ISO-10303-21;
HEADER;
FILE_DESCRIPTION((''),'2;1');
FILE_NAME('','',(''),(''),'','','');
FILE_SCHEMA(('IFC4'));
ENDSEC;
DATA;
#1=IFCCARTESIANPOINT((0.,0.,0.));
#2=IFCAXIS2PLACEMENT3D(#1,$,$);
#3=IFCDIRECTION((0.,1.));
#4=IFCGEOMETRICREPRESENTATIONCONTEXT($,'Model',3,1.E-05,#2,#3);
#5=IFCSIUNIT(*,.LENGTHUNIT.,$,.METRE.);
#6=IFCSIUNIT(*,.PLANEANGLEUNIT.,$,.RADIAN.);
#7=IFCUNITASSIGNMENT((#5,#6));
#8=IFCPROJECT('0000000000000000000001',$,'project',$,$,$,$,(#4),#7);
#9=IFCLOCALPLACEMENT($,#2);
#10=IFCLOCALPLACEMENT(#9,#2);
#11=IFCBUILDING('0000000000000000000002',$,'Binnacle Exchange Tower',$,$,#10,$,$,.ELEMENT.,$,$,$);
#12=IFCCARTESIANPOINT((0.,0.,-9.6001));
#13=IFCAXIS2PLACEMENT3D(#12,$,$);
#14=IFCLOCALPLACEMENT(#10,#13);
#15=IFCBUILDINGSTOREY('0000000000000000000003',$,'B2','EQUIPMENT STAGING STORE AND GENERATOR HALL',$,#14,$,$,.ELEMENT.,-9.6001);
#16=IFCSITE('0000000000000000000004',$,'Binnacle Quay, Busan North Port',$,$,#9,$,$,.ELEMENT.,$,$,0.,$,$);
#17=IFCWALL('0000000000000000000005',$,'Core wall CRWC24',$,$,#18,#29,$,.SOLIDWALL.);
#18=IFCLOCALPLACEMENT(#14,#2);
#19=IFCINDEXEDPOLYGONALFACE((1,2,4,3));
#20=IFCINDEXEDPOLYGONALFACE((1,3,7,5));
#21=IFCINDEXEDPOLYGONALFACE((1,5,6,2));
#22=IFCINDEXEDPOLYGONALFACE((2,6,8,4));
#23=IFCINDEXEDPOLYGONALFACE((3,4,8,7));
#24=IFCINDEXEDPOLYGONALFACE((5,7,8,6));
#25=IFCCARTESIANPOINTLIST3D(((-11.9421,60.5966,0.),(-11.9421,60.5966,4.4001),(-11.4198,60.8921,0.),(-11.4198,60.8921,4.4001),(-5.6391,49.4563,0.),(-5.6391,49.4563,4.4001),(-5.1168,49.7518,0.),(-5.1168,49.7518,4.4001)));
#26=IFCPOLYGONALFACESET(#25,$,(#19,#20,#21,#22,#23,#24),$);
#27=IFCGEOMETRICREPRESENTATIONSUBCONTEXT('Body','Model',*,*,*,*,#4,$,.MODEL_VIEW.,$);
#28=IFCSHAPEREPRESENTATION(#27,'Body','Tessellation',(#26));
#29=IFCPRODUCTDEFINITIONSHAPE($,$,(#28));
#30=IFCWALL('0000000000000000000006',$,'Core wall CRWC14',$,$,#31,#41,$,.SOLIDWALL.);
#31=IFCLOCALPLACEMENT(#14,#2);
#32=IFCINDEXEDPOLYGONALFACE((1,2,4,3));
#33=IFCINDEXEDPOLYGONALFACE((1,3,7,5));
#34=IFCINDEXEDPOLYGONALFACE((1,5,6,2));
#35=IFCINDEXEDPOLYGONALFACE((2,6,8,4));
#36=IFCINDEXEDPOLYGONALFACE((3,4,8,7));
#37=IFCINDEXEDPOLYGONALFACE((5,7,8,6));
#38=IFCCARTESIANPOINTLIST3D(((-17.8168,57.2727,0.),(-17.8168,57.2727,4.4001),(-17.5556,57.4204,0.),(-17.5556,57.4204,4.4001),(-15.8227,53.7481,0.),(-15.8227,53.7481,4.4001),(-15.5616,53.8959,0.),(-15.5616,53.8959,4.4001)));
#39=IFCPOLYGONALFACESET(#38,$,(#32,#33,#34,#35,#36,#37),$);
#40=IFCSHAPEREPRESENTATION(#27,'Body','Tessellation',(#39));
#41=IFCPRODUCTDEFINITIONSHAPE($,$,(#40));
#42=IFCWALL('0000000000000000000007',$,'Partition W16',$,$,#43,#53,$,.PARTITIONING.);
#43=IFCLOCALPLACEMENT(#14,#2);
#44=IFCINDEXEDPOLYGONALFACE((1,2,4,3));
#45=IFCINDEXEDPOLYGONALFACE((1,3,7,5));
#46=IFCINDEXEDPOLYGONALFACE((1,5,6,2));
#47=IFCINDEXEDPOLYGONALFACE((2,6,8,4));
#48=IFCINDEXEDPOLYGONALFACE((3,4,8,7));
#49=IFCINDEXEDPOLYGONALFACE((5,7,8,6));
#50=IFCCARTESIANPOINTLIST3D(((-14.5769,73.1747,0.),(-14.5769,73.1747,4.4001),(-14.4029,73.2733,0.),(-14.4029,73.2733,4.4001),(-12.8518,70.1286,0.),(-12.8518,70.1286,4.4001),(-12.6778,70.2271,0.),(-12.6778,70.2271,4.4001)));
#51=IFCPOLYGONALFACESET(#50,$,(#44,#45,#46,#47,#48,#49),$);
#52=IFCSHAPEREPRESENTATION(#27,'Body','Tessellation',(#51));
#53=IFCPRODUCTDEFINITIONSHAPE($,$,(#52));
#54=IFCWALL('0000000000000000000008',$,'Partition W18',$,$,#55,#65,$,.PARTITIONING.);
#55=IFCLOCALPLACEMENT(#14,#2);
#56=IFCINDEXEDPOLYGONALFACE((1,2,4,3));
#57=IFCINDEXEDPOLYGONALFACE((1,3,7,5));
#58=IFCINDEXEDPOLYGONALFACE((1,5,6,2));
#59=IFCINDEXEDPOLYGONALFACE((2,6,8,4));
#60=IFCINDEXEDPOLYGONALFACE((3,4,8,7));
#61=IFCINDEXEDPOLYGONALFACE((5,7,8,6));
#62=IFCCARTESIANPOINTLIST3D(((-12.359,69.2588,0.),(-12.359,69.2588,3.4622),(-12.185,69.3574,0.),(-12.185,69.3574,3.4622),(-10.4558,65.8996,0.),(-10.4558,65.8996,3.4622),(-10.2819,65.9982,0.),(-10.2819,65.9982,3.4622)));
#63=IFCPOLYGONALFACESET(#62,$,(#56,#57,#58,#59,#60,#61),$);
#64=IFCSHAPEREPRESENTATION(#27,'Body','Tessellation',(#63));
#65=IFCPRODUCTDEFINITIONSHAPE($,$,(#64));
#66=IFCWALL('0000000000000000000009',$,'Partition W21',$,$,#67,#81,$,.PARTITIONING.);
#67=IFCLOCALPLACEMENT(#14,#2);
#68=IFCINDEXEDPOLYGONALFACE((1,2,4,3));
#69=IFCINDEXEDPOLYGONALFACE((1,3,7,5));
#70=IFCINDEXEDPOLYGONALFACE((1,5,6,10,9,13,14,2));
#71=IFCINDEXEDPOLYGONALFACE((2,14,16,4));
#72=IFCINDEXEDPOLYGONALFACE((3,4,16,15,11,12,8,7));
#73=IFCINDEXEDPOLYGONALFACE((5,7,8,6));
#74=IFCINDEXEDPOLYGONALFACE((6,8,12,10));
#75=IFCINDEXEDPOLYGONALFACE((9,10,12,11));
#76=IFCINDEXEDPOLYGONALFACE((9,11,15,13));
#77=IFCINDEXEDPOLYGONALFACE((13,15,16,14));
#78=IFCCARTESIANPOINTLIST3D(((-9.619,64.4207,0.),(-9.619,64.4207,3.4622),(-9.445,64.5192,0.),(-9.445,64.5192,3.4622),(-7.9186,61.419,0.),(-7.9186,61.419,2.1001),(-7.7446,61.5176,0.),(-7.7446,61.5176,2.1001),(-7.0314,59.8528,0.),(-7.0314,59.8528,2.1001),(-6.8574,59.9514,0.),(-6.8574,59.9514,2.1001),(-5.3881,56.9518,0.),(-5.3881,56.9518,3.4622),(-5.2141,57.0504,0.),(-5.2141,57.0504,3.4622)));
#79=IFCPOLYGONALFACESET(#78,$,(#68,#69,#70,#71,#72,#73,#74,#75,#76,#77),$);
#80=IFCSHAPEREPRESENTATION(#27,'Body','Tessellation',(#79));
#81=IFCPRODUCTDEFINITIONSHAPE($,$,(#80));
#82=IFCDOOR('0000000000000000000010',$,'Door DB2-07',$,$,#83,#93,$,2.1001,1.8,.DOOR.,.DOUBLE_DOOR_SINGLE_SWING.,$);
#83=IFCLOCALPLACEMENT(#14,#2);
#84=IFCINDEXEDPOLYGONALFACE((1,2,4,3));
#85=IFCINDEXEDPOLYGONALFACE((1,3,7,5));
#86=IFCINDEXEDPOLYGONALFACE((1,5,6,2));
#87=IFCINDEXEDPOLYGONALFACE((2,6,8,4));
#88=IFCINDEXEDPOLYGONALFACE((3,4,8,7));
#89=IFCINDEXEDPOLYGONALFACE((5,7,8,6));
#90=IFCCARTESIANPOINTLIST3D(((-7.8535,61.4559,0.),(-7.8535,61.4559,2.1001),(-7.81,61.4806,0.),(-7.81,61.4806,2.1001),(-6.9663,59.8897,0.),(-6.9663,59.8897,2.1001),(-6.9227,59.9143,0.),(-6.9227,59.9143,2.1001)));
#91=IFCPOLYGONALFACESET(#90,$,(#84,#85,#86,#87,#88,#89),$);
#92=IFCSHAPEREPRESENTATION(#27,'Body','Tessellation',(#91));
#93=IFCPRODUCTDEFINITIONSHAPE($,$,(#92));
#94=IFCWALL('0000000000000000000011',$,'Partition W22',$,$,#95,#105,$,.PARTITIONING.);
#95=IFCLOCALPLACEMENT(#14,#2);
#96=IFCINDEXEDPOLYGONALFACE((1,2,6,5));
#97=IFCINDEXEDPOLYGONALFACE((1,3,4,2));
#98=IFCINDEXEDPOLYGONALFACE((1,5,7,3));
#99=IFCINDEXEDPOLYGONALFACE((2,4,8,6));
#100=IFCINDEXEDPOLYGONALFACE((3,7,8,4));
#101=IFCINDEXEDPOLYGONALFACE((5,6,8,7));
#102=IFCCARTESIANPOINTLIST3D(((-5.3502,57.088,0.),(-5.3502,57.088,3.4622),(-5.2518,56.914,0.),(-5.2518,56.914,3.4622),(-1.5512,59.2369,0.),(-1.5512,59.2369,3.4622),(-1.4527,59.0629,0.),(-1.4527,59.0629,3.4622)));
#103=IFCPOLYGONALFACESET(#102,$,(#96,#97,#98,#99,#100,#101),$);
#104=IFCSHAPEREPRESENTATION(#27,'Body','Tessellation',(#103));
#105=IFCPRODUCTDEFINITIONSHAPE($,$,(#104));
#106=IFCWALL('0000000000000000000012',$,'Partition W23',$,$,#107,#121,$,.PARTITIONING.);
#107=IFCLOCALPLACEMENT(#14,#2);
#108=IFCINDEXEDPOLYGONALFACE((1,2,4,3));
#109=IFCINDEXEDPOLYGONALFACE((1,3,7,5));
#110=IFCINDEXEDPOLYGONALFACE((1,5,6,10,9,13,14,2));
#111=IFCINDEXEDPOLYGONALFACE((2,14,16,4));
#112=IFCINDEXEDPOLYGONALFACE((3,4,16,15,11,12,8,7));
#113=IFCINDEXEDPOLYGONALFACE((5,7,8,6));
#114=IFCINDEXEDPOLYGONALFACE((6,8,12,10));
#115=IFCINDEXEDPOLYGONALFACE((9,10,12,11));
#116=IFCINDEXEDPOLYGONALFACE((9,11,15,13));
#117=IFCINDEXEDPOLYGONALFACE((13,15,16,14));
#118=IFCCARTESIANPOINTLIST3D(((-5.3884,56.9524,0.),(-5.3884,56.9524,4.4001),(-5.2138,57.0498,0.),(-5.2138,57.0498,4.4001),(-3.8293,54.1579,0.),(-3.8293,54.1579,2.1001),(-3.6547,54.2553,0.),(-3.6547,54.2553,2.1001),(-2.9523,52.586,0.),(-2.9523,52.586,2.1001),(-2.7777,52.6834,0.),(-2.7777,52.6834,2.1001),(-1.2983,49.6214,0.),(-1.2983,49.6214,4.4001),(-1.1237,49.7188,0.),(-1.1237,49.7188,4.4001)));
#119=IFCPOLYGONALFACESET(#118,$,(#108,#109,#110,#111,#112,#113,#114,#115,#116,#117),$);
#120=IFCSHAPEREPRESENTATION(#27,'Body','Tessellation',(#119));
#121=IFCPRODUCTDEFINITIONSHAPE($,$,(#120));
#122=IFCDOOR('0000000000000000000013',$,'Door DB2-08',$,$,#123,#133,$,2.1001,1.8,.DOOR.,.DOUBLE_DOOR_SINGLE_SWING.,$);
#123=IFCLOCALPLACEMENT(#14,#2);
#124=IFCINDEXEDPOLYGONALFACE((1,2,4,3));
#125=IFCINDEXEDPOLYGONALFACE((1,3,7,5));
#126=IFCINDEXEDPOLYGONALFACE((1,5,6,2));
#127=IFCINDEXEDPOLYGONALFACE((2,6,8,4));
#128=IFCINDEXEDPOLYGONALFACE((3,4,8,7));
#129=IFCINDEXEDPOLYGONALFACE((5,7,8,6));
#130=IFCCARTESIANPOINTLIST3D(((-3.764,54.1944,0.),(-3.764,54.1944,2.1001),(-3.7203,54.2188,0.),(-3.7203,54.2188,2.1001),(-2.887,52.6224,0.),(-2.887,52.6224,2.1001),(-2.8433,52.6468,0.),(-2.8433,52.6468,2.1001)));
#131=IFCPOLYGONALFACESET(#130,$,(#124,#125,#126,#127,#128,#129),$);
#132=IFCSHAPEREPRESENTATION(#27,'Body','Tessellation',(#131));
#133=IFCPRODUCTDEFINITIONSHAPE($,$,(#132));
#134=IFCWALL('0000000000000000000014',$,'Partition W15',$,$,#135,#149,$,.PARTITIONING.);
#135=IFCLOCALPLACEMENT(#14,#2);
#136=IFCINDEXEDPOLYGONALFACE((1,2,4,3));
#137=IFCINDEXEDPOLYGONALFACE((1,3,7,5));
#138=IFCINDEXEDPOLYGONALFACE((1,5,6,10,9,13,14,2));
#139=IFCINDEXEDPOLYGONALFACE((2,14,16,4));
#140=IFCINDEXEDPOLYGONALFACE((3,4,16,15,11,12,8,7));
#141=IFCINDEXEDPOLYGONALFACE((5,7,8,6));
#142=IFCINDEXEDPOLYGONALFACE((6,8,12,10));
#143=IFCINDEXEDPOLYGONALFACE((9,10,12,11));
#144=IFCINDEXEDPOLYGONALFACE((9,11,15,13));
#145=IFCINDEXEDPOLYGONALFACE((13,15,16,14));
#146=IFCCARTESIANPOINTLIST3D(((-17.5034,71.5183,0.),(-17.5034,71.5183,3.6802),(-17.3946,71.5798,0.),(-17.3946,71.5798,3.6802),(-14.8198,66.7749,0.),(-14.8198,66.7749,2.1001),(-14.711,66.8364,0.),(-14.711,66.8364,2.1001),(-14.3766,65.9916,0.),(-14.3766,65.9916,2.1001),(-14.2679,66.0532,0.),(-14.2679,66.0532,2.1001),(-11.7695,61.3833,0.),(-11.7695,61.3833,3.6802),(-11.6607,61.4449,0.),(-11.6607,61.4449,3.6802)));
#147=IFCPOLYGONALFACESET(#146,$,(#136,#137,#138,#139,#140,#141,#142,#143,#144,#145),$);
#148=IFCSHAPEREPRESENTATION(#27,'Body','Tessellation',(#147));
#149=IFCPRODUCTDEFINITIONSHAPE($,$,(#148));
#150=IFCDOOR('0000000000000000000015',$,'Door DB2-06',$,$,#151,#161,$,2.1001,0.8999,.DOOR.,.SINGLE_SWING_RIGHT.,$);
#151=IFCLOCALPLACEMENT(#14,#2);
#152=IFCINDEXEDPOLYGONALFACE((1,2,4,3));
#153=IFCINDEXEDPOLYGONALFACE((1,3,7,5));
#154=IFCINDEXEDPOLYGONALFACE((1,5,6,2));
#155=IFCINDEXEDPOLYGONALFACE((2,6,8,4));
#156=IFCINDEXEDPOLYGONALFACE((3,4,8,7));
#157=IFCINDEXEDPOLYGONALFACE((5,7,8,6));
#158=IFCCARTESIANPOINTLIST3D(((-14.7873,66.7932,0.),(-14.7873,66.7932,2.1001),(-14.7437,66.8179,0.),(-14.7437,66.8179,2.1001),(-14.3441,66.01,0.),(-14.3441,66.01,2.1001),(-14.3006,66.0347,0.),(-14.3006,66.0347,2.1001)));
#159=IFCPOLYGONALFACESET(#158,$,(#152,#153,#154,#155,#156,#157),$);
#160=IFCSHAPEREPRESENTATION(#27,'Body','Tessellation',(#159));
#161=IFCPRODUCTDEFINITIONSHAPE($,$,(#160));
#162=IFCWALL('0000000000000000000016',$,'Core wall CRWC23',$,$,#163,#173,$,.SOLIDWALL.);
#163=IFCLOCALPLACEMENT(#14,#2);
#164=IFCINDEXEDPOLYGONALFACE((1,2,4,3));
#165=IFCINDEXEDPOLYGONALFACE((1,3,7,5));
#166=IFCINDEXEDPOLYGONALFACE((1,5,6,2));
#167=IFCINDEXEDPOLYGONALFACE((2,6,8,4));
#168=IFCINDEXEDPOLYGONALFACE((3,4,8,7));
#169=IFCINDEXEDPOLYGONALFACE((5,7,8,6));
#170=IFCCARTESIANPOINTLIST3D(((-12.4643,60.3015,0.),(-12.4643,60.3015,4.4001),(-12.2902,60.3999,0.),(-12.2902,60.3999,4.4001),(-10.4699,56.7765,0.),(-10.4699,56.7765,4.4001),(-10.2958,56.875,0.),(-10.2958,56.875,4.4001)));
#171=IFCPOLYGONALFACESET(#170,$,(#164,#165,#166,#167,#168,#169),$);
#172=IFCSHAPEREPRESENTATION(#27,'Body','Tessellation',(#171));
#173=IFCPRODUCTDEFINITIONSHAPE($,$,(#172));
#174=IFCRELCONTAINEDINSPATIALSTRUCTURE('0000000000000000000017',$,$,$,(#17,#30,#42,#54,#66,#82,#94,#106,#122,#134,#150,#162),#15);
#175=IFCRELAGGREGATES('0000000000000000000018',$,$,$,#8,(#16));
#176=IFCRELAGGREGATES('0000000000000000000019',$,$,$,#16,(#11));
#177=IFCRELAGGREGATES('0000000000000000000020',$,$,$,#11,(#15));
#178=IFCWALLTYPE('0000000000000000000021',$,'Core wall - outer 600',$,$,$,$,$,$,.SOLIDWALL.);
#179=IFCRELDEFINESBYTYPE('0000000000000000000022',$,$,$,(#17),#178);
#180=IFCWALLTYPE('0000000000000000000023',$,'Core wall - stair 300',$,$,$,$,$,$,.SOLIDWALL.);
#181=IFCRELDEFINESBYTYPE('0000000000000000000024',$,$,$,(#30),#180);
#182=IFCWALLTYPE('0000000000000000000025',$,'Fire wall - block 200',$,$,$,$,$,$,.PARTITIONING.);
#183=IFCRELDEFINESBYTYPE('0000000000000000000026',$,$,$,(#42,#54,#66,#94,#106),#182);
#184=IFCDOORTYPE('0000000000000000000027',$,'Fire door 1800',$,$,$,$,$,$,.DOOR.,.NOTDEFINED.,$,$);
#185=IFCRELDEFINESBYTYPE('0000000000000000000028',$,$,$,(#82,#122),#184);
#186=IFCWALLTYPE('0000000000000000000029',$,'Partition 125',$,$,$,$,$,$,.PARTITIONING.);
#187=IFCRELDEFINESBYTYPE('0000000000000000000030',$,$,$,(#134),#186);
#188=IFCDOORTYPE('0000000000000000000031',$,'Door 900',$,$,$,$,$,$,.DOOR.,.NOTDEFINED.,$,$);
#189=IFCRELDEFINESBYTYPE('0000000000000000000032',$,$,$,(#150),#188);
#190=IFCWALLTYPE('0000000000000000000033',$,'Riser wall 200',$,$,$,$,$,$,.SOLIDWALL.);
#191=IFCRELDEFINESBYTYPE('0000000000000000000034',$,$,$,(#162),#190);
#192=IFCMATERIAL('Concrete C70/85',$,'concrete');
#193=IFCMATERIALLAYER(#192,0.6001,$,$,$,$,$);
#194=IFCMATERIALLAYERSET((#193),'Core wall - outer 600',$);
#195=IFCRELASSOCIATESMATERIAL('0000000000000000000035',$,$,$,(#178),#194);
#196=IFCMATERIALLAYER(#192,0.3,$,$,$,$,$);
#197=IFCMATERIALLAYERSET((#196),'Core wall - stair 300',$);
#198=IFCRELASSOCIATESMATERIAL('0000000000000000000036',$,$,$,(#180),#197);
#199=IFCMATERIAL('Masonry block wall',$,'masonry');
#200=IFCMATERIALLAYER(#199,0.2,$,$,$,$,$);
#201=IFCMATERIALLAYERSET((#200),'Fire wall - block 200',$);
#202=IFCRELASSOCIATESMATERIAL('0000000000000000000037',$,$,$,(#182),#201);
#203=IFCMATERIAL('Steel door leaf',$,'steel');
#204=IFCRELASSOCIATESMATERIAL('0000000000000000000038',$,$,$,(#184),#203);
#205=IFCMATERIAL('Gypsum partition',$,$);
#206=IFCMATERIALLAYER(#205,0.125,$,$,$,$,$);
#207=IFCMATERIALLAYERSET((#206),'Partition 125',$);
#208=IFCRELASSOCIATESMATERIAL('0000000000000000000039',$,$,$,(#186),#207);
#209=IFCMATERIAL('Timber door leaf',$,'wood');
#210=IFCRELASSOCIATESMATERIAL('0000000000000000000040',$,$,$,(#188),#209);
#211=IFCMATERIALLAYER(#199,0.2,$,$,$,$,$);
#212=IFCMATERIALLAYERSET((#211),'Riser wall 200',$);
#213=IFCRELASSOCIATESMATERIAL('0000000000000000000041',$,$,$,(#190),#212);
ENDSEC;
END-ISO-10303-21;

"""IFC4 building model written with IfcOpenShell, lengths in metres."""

from ifc_helpers import new_model, si_unit, direction, frame, frame_2d, origin, place, context, subcontext, project, spatial, rectangle, extrude, material, layer, layer_set, type_object, element, fill, save


model = new_model("IFC4")

# Units and contexts
model_context = context("Model", 3, precision=1e-05, world=origin(), true_north=direction((0.0, 1.0)))
body_context = subcontext(model_context, "Body", "Model", "MODEL_VIEW")
ifc_project = project(units=[si_unit("LENGTHUNIT", "METRE"), si_unit("PLANEANGLEUNIT", "RADIAN")], contexts=[model_context])

# Site, building, storey
site_placement = place(None, origin())
site = spatial("IfcSite", under=ifc_project, at=site_placement, Name="Binnacle Quay, Busan North Port", CompositionType="ELEMENT", RefElevation=0.0)
building_placement = place(site_placement, origin())
building = spatial("IfcBuilding", under=site, at=building_placement, Name="Binnacle Exchange Tower", CompositionType="ELEMENT")
storey_placement = place(building_placement, frame((0.0, 0.0, -9.6001)))
storey = spatial("IfcBuildingStorey", under=building, at=storey_placement, Name="B2", Description="EQUIPMENT STAGING STORE AND GENERATOR HALL", CompositionType="ELEMENT", Elevation=-9.6001)

# Shared definitions
ifc_material_1 = material(Name="Concrete C70/85", Category="concrete")

# Walls
ifc_layer_1 = layer(ifc_material_1, 0.6001)
ifc_layer_set_1 = layer_set([ifc_layer_1], Name="Core wall - outer 600")
wall_type_1 = type_object("IfcWallType", Name="Core wall - outer 600", PredefinedType="SOLIDWALL", material=ifc_layer_set_1)
wall_1_placement = place(storey_placement, frame((-11.6809, 60.7444, 0.0), z_axis=(0.0, 0.0, 1.0), x_axis=(0.492427, -0.870354, 0.0)))
element("IfcWall", 1, at=wall_1_placement, inside=storey, type_object=wall_type_1, Name="Core wall CRWC24", PredefinedType="SOLIDWALL", context=body_context, shape_type="SweptSolid", body=[
    extrude(rectangle(XDim=12.7998, YDim=0.6001, at=frame_2d((6.3999, 0.0))), origin(), (0.0, 0.0, 1.0), 4.4001),
])
ifc_layer_2 = layer(ifc_material_1, 0.3)
ifc_layer_set_2 = layer_set([ifc_layer_2], Name="Core wall - stair 300")
wall_type_2 = type_object("IfcWallType", Name="Core wall - stair 300", PredefinedType="SOLIDWALL", material=ifc_layer_set_2)
wall_2_placement = place(storey_placement, frame((-17.6863, 57.3467, 0.0), z_axis=(0.0, 0.0, 1.0), x_axis=(0.492421, -0.870357, 0.0)))
element("IfcWall", 2, at=wall_2_placement, inside=storey, type_object=wall_type_2, Name="Core wall CRWC14", PredefinedType="SOLIDWALL", context=body_context, shape_type="SweptSolid", body=[
    extrude(rectangle(XDim=4.0496, YDim=0.3, at=frame_2d((2.0249, 0.0))), origin(), (0.0, 0.0, 1.0), 4.4001),
])
ifc_material_2 = material(Name="Masonry block wall", Category="masonry")
ifc_layer_3 = layer(ifc_material_2, 0.2)
ifc_layer_set_3 = layer_set([ifc_layer_3], Name="Fire wall - block 200")
wall_type_3 = type_object("IfcWallType", Name="Fire wall - block 200", PredefinedType="PARTITIONING", material=ifc_layer_set_3)
wall_3_placement = place(storey_placement, frame((-14.49, 73.2241, 0.0), z_axis=(0.0, 0.0, 1.0), x_axis=(0.492786, -0.870151, 0.0)))
element("IfcWall", 3, at=wall_3_placement, inside=storey, type_object=wall_type_3, Name="Partition W16", PredefinedType="PARTITIONING", context=body_context, shape_type="SweptSolid", body=[
    extrude(rectangle(XDim=3.5007, YDim=0.2, at=frame_2d((1.7505, 0.0))), origin(), (0.0, 0.0, 1.0), 4.4001),
])
wall_4_placement = place(storey_placement, frame((-12.272, 69.3081, 0.0), z_axis=(0.0, 0.0, 1.0), x_axis=(0.492928, -0.87007, 0.0)))
element("IfcWall", 4, at=wall_4_placement, inside=storey, type_object=wall_type_3, Name="Partition W18", PredefinedType="PARTITIONING", context=body_context, shape_type="SweptSolid", body=[
    extrude(rectangle(XDim=3.8608, YDim=0.2, at=frame_2d((1.9304, 0.0))), origin(), (0.0, 0.0, 1.0), 3.4622),
])

# Wall, opening, door
wall_5_placement = place(storey_placement, frame((-9.532, 64.47, 0.0), z_axis=(0.0, 0.0, 1.0), x_axis=(0.492883, -0.870096, 0.0)))
wall_5 = element("IfcWall", 5, at=wall_5_placement, inside=storey, type_object=wall_type_3, Name="Partition W21", PredefinedType="PARTITIONING", context=body_context, shape_type="SweptSolid", body=[
    extrude(rectangle(XDim=8.584, YDim=0.2, at=frame_2d((4.292, 0.0))), origin(), (0.0, 0.0, 1.0), 3.4622),
])
opening_1_placement = place(wall_5_placement, frame((3.45, 0.0, 0.0)))
opening_1 = element("IfcOpeningElement", 6, at=opening_1_placement, cuts=wall_5, PredefinedType="OPENING", context=body_context, shape_type="SweptSolid", body=[
    extrude(rectangle(XDim=1.8, YDim=2.1001, at=frame_2d((0.8999, 1.05))), frame((0.0, 0.1099, 0.0), z_axis=(0.0, -1.0, 0.0), x_axis=(1.0, 0.0, 0.0)), (0.0, 0.0, 1.0), 0.22),
])
ifc_material_3 = material(Name="Steel door leaf", Category="steel")
door_type_1 = type_object("IfcDoorType", Name="Fire door 1800", OperationType="NOTDEFINED", PredefinedType="DOOR", material=ifc_material_3)
door_1_placement = place(opening_1_placement, origin())
door_1 = element("IfcDoor", 7, at=door_1_placement, inside=storey, type_object=door_type_1, Name="Door DB2-07", OperationType="DOUBLE_DOOR_SINGLE_SWING", OverallHeight=2.1001, OverallWidth=1.8, PredefinedType="DOOR", context=body_context, shape_type="SweptSolid", body=[
    extrude(rectangle(XDim=1.8, YDim=2.1001, at=frame_2d((0.8999, 1.05))), frame((0.0, 0.0249, 0.0), z_axis=(0.0, -1.0, 0.0), x_axis=(1.0, 0.0, 0.0)), (0.0, 0.0, 1.0), 0.05),
])
fill(opening_1, door_1)

# Wall
wall_6_placement = place(storey_placement, frame((-5.301, 57.001, 0.0), z_axis=(0.0, 0.0, 1.0), x_axis=(0.870403, 0.492339, 0.0)))
element("IfcWall", 8, at=wall_6_placement, inside=storey, type_object=wall_type_3, Name="Partition W22", PredefinedType="PARTITIONING", context=body_context, shape_type="SweptSolid", body=[
    extrude(rectangle(XDim=4.3647, YDim=0.2, at=frame_2d((2.1824, 0.0))), origin(), (0.0, 0.0, 1.0), 3.4622),
])

# Walls, openings, doors
wall_7_placement = place(storey_placement, frame((-5.301, 57.001, 0.0), z_axis=(0.0, 0.0, 1.0), x_axis=(0.487215, -0.873282, 0.0)))
wall_7 = element("IfcWall", 9, at=wall_7_placement, inside=storey, type_object=wall_type_3, Name="Partition W23", PredefinedType="PARTITIONING", context=body_context, shape_type="SweptSolid", body=[
    extrude(rectangle(XDim=8.3948, YDim=0.2, at=frame_2d((4.1973, 0.0))), origin(), (0.0, 0.0, 1.0), 4.4001),
])
opening_2_placement = place(wall_7_placement, frame((3.2, 0.0, 0.0)))
opening_2 = element("IfcOpeningElement", 10, at=opening_2_placement, cuts=wall_7, PredefinedType="OPENING", context=body_context, shape_type="SweptSolid", body=[
    extrude(rectangle(XDim=1.8, YDim=2.1001, at=frame_2d((0.8999, 1.05))), frame((0.0, 0.1099, 0.0), z_axis=(0.0, -1.0, 0.0), x_axis=(1.0, 0.0, 0.0)), (0.0, 0.0, 1.0), 0.22),
])
door_2_placement = place(opening_2_placement, origin())
door_2 = element("IfcDoor", 11, at=door_2_placement, inside=storey, type_object=door_type_1, Name="Door DB2-08", OperationType="DOUBLE_DOOR_SINGLE_SWING", OverallHeight=2.1001, OverallWidth=1.8, PredefinedType="DOOR", context=body_context, shape_type="SweptSolid", body=[
    extrude(rectangle(XDim=1.8, YDim=2.1001, at=frame_2d((0.8999, 1.05))), frame((0.0, 0.0249, 0.0), z_axis=(0.0, -1.0, 0.0), x_axis=(1.0, 0.0, 0.0)), (0.0, 0.0, 1.0), 0.05),
])
fill(opening_2, door_2)
ifc_material_4 = material(Name="Gypsum partition")
ifc_layer_4 = layer(ifc_material_4, 0.125)
ifc_layer_set_4 = layer_set([ifc_layer_4], Name="Partition 125")
wall_type_4 = type_object("IfcWallType", Name="Partition 125", PredefinedType="PARTITIONING", material=ifc_layer_set_4)
wall_8_placement = place(storey_placement, frame((-17.449, 71.5491, 0.0), z_axis=(0.0, 0.0, 1.0), x_axis=(0.492409, -0.870364, 0.0)))
wall_8 = element("IfcWall", 12, at=wall_8_placement, inside=storey, type_object=wall_type_4, Name="Partition W15", PredefinedType="PARTITIONING", context=body_context, shape_type="SweptSolid", body=[
    extrude(rectangle(XDim=11.6445, YDim=0.125, at=frame_2d((5.8223, 0.0))), origin(), (0.0, 0.0, 1.0), 3.6802),
])
opening_3_placement = place(wall_8_placement, frame((5.45, 0.0, 0.0)))
opening_3 = element("IfcOpeningElement", 13, at=opening_3_placement, cuts=wall_8, PredefinedType="OPENING", context=body_context, shape_type="SweptSolid", body=[
    extrude(rectangle(XDim=0.8999, YDim=2.1001, at=frame_2d((0.45, 1.05))), frame((0.0, 0.0725, 0.0), z_axis=(0.0, -1.0, 0.0), x_axis=(1.0, 0.0, 0.0)), (0.0, 0.0, 1.0), 0.145),
])
ifc_material_5 = material(Name="Timber door leaf", Category="wood")
door_type_2 = type_object("IfcDoorType", Name="Door 900", OperationType="NOTDEFINED", PredefinedType="DOOR", material=ifc_material_5)
door_3_placement = place(opening_3_placement, origin())
door_3 = element("IfcDoor", 14, at=door_3_placement, inside=storey, type_object=door_type_2, Name="Door DB2-06", OperationType="SINGLE_SWING_RIGHT", OverallHeight=2.1001, OverallWidth=0.8999, PredefinedType="DOOR", context=body_context, shape_type="SweptSolid", body=[
    extrude(rectangle(XDim=0.8999, YDim=2.1001, at=frame_2d((0.45, 1.05))), frame((0.0, 0.0249, 0.0), z_axis=(0.0, -1.0, 0.0), x_axis=(1.0, 0.0, 0.0)), (0.0, 0.0, 1.0), 0.05),
])
fill(opening_3, door_3)

# Wall
ifc_layer_5 = layer(ifc_material_2, 0.2)
ifc_layer_set_5 = layer_set([ifc_layer_5], Name="Riser wall 200")
wall_type_5 = type_object("IfcWallType", Name="Riser wall 200", PredefinedType="SOLIDWALL", material=ifc_layer_set_5)
wall_9_placement = place(storey_placement, frame((-12.3772, 60.3506, 0.0), z_axis=(0.0, 0.0, 1.0), x_axis=(0.492441, -0.870346, 0.0)))
element("IfcWall", 15, at=wall_9_placement, inside=storey, type_object=wall_type_5, Name="Core wall CRWC23", PredefinedType="SOLIDWALL", context=body_context, shape_type="SweptSolid", body=[
    extrude(rectangle(XDim=4.05, YDim=0.2, at=frame_2d((2.0249, 0.0))), origin(), (0.0, 0.0, 1.0), 4.4001),
])

save(model, "model.ifc")
